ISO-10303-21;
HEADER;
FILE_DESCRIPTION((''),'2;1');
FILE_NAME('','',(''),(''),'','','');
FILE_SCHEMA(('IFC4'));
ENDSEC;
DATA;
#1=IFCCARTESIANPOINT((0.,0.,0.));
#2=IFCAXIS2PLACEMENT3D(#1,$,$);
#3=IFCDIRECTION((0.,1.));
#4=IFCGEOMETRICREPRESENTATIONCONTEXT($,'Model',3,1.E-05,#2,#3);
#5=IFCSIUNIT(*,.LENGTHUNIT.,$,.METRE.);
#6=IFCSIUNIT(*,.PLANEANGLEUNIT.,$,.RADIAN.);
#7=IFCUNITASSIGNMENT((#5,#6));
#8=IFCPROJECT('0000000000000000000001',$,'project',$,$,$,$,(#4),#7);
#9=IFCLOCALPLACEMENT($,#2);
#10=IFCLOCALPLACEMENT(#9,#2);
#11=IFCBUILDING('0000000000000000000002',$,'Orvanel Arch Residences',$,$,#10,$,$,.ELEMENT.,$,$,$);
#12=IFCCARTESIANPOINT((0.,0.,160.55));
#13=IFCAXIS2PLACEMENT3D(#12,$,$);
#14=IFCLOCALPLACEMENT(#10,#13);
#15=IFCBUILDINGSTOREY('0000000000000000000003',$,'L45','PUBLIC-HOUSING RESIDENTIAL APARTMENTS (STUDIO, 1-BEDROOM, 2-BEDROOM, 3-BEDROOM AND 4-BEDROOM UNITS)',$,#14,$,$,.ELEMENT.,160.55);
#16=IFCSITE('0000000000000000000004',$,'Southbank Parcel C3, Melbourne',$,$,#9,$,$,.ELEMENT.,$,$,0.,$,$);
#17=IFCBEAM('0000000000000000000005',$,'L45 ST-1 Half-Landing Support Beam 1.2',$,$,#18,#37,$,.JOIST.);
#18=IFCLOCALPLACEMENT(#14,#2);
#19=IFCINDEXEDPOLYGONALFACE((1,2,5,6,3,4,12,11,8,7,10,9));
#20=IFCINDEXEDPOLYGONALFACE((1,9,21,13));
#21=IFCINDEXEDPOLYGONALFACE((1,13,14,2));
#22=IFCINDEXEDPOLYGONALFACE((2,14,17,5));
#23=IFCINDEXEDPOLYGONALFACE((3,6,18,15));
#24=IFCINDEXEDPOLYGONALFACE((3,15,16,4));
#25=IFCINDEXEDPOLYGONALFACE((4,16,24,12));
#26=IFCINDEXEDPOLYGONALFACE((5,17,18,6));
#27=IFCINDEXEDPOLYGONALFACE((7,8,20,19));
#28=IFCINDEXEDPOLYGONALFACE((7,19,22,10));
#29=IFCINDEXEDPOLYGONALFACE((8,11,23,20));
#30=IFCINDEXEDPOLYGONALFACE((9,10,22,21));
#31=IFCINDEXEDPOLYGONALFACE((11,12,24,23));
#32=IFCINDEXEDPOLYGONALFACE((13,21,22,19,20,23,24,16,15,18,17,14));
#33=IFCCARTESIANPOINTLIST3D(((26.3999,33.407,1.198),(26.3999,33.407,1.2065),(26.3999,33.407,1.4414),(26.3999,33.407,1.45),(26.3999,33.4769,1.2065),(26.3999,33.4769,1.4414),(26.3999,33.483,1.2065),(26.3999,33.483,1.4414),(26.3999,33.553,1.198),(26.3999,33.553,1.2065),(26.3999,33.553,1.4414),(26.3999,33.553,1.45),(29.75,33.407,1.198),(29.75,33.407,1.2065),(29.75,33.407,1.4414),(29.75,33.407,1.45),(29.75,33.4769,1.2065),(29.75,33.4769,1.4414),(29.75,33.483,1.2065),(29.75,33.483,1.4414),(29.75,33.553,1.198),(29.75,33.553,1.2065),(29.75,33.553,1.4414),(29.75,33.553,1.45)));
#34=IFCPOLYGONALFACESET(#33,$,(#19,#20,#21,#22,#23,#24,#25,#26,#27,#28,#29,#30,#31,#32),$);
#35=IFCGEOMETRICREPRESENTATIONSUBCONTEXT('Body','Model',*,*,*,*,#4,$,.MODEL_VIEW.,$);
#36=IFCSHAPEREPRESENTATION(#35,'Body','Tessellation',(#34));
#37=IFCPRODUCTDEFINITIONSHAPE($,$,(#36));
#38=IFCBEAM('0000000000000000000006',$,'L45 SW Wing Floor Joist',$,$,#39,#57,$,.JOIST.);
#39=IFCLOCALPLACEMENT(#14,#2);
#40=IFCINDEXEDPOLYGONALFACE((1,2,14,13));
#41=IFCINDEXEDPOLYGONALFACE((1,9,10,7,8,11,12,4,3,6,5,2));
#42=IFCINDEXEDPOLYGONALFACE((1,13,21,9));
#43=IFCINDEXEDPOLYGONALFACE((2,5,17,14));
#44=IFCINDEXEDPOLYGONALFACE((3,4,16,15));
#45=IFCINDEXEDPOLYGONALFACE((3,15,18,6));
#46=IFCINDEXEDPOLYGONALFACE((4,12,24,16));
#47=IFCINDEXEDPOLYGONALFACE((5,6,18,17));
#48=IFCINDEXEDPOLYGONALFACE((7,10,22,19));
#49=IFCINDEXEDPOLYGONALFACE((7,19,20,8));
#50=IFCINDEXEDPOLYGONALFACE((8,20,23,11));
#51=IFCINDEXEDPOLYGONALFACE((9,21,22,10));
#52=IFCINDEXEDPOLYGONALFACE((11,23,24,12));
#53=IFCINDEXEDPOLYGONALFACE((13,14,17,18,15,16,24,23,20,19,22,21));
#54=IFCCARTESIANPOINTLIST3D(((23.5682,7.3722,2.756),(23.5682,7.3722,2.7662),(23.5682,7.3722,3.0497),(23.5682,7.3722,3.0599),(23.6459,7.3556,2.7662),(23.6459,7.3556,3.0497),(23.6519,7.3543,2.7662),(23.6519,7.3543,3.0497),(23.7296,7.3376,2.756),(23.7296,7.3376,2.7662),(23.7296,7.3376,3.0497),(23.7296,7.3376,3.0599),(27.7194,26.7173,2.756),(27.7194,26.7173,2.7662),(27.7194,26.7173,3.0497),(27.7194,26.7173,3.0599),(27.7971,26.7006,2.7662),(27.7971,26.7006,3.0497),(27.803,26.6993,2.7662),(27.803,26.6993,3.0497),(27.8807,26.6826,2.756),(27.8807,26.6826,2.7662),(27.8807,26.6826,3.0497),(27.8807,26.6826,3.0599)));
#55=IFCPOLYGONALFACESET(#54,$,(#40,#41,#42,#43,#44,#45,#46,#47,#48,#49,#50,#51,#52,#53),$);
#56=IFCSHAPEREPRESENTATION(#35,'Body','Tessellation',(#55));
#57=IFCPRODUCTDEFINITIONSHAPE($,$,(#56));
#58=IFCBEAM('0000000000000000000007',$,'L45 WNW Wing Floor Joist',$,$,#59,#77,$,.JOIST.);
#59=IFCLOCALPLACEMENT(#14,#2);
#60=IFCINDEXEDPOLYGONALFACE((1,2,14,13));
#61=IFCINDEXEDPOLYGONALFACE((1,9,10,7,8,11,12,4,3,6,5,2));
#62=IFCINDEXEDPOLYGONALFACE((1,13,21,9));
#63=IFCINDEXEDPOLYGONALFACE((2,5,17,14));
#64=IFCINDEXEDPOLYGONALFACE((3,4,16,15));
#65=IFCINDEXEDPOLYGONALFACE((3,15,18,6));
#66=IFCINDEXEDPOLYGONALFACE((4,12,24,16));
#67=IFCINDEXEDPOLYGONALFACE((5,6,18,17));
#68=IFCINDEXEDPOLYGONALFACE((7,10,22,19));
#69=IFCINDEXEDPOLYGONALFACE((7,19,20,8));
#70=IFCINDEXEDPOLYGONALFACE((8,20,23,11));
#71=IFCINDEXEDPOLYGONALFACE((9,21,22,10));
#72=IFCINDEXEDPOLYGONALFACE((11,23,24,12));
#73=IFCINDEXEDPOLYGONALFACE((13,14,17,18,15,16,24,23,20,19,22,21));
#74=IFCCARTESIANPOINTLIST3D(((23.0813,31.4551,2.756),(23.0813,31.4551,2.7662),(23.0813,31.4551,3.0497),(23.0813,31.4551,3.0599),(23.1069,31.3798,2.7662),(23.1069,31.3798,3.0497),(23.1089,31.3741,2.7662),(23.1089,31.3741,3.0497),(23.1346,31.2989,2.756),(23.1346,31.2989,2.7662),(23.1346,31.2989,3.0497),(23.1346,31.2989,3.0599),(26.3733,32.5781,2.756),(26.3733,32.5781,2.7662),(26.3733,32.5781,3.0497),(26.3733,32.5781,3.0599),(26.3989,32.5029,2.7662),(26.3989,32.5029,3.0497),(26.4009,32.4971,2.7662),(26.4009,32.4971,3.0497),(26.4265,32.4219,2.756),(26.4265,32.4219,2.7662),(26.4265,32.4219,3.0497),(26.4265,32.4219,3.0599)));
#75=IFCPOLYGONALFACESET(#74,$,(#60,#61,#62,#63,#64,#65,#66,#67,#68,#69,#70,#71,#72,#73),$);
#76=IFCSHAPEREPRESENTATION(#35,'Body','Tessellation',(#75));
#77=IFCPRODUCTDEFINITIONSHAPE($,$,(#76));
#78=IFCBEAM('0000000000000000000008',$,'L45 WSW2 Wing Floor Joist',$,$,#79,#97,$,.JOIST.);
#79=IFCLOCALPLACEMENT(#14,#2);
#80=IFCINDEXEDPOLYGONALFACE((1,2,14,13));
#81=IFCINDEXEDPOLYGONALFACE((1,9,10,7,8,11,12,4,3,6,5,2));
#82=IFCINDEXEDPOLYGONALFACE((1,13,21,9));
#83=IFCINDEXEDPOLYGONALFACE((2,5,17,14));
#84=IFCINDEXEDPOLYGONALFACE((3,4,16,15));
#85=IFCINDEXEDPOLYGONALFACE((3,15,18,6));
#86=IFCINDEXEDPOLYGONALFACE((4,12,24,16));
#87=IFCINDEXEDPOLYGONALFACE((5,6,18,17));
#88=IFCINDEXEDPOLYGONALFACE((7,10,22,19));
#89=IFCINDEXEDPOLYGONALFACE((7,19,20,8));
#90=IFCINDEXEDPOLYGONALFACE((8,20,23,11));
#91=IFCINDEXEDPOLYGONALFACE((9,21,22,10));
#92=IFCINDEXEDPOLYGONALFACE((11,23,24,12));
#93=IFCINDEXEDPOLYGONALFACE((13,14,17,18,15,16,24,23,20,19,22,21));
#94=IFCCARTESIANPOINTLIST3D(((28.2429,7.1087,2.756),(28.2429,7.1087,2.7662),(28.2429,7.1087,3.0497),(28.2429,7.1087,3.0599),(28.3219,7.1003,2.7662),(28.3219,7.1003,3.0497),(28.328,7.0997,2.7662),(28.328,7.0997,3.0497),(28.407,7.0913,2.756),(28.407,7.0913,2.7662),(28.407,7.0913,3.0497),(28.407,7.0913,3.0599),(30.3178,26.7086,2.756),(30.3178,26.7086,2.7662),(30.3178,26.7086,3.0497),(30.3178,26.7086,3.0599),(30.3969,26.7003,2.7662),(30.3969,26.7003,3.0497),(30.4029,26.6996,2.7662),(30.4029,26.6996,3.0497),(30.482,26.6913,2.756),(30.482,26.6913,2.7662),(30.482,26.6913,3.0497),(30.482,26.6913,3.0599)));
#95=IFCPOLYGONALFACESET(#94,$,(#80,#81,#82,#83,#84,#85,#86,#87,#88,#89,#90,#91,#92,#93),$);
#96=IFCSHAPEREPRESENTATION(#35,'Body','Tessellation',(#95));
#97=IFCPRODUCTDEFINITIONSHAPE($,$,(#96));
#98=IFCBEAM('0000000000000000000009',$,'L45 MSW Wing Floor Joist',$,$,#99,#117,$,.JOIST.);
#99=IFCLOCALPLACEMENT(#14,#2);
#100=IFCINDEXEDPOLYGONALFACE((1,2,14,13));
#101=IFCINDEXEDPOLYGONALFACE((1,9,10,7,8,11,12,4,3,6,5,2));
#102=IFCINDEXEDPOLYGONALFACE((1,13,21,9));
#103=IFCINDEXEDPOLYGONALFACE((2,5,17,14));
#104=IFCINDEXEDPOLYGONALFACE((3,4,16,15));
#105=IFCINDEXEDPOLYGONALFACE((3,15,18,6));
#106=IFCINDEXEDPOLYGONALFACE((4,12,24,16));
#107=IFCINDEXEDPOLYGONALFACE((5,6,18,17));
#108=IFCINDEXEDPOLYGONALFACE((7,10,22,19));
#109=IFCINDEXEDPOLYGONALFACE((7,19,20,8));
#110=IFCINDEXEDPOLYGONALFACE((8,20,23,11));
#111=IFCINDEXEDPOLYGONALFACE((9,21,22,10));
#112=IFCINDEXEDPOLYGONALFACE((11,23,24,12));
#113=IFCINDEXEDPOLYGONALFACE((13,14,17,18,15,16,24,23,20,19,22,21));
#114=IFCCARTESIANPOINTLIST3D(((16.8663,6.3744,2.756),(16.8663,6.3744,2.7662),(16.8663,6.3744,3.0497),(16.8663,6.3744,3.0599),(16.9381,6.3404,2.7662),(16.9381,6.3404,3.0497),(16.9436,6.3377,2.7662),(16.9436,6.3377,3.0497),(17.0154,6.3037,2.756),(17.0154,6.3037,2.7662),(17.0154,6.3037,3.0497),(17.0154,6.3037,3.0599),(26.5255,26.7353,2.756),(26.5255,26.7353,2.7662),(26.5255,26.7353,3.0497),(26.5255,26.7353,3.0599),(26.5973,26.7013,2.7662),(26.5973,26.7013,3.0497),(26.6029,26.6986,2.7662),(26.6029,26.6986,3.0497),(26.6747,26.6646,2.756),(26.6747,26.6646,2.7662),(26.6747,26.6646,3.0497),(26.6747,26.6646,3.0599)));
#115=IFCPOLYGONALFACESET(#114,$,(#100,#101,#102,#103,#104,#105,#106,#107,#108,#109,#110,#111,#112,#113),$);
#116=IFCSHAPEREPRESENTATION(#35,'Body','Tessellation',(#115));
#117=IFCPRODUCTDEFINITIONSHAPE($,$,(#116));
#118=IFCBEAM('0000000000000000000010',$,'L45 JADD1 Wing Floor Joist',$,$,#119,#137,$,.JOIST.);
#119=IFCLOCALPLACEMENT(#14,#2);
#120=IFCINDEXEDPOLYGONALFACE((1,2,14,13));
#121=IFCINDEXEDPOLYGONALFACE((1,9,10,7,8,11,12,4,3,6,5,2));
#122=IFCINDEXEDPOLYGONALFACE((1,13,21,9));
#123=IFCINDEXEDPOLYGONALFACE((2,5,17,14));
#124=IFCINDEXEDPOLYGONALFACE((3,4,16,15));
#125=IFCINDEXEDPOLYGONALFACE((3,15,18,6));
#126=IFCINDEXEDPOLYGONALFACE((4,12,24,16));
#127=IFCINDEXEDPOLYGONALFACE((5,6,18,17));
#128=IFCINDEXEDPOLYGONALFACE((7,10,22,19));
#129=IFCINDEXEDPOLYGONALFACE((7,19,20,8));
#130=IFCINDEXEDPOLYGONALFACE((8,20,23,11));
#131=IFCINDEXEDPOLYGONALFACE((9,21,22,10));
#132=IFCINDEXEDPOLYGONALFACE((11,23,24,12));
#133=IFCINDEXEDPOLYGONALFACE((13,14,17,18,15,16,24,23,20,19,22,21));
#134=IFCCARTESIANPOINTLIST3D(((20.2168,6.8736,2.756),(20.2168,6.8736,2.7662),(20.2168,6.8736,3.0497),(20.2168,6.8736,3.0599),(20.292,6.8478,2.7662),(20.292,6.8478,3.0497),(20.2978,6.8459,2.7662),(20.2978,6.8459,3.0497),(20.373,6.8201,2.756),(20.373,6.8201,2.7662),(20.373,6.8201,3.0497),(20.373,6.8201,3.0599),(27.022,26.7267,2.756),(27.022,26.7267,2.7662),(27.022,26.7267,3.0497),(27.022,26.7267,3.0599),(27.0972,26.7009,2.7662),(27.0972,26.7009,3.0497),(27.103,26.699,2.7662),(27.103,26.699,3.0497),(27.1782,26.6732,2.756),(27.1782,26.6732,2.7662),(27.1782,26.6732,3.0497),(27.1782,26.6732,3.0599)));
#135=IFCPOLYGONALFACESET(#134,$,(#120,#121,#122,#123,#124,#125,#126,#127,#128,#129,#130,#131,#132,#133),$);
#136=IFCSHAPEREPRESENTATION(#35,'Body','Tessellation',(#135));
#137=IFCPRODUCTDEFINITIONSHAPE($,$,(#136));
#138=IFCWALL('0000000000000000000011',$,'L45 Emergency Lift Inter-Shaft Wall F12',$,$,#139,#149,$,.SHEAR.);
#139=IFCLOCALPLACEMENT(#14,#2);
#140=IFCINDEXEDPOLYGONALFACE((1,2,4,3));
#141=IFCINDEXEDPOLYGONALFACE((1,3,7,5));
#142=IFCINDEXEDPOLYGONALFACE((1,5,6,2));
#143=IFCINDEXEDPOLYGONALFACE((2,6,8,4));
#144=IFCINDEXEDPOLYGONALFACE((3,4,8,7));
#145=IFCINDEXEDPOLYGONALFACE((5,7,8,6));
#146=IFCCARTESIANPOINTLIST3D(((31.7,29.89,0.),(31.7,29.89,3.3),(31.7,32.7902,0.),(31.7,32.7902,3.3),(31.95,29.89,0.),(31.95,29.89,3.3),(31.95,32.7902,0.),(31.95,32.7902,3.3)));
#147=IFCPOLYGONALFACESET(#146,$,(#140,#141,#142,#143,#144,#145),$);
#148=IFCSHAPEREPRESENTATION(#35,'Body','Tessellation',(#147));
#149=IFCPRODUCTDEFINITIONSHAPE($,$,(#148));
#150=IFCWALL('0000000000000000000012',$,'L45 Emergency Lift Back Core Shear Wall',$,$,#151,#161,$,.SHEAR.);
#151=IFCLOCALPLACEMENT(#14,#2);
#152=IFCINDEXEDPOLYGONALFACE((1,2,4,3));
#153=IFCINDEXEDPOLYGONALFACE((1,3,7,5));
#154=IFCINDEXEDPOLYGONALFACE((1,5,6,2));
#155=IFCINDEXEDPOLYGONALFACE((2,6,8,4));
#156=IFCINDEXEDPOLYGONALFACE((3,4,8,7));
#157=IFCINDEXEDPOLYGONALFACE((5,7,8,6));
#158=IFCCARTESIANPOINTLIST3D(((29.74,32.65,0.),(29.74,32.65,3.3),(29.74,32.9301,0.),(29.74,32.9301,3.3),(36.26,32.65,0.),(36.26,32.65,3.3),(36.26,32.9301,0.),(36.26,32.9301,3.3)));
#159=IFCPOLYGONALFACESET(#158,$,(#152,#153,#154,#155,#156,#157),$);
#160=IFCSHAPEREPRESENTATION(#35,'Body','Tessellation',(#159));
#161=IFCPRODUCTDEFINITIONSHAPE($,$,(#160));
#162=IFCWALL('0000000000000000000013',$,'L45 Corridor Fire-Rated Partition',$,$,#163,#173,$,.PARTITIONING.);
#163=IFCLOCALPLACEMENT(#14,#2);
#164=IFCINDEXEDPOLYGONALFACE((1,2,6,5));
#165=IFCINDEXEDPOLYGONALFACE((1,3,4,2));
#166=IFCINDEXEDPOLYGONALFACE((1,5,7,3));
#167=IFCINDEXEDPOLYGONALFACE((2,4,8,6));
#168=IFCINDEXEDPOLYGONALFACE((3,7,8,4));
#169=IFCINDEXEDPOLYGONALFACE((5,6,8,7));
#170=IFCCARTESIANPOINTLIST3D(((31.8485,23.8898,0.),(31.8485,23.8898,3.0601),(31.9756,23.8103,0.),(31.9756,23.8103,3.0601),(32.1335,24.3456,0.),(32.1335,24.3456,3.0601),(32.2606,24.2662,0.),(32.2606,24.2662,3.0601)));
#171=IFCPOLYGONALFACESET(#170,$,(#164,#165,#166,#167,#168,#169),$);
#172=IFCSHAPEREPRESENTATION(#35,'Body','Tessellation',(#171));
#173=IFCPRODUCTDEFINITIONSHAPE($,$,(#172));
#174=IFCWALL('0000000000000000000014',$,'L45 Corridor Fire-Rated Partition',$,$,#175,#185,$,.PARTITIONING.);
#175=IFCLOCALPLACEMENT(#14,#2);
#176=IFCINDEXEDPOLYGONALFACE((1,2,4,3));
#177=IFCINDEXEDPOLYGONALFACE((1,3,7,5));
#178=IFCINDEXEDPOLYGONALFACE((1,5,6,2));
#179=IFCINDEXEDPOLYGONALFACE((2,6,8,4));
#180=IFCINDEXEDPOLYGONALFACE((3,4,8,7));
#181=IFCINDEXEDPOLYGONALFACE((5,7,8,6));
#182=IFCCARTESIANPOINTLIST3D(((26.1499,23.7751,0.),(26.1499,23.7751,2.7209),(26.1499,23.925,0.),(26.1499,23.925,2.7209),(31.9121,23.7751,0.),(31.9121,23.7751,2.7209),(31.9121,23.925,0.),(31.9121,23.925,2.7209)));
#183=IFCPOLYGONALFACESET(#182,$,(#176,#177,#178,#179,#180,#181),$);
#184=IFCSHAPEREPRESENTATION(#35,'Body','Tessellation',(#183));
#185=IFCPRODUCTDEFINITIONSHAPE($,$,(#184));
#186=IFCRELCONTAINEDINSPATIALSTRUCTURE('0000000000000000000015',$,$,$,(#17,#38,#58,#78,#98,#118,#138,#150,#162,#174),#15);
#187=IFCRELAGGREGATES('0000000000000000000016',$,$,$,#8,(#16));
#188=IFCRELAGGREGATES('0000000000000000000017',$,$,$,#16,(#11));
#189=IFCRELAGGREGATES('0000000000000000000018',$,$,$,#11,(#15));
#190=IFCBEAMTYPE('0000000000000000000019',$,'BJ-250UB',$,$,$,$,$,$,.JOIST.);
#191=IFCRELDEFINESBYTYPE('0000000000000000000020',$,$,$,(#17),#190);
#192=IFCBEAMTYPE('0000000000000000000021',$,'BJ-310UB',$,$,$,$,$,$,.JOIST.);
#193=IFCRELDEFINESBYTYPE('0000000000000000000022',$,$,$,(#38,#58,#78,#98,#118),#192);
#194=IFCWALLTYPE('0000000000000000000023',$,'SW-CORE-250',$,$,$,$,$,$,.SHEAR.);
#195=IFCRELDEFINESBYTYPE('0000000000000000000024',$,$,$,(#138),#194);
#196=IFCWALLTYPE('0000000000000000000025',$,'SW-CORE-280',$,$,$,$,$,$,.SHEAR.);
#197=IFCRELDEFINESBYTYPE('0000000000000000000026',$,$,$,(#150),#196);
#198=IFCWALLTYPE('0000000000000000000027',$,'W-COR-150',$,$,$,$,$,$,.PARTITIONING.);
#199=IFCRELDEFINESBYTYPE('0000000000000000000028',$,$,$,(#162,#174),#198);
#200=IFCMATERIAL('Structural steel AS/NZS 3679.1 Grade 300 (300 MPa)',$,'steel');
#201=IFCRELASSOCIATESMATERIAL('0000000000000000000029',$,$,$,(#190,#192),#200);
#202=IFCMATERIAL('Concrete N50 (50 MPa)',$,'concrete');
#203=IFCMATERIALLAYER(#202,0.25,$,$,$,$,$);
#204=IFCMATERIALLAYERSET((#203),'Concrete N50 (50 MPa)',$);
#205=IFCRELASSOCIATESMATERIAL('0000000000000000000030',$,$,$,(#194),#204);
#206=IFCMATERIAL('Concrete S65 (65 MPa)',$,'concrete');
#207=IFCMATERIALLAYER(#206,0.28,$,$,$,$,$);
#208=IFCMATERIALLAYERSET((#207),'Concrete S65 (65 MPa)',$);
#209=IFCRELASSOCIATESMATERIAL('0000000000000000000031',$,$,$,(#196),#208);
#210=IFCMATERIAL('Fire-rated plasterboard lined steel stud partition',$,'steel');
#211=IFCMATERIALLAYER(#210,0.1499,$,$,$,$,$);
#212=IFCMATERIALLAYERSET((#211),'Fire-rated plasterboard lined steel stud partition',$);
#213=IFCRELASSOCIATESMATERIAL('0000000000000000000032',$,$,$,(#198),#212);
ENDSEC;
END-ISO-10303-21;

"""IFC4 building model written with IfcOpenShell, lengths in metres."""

from ifc_helpers import new_model, si_unit, direction, frame, frame_2d, origin, origin_2d, place, context, subcontext, project, spatial, rectangle, i_section, extrude, material, layer, layer_set, material_profile, profile_set, type_object, element, save


model = new_model("IFC4")

# Units and contexts
model_context = context("Model", 3, precision=1e-05, world=origin(), true_north=direction((0.0, 1.0)))
body_context = subcontext(model_context, "Body", "Model", "MODEL_VIEW")
ifc_project = project(units=[si_unit("LENGTHUNIT", "METRE"), si_unit("PLANEANGLEUNIT", "RADIAN")], contexts=[model_context])

# Site, building, storey
site_placement = place(None, origin())
site = spatial("IfcSite", under=ifc_project, at=site_placement, Name="Southbank Parcel C3, Melbourne", CompositionType="ELEMENT", RefElevation=0.0)
building_placement = place(site_placement, origin())
building = spatial("IfcBuilding", under=site, at=building_placement, Name="Orvanel Arch Residences", CompositionType="ELEMENT")
storey_placement = place(building_placement, frame((0.0, 0.0, 160.55)))
storey = spatial("IfcBuildingStorey", under=building, at=storey_placement, Name="L45", Description="PUBLIC-HOUSING RESIDENTIAL APARTMENTS (STUDIO, 1-BEDROOM, 2-BEDROOM, 3-BEDROOM AND 4-BEDROOM UNITS)", CompositionType="ELEMENT", Elevation=160.55)

# Beams
ifc_material_1 = material(Name="Structural steel AS/NZS 3679.1 Grade 300 (300 MPa)", Category="steel")
ifc_material_profile_1 = material_profile(ifc_material_1, i_section(OverallWidth=0.146, OverallDepth=0.252, WebThickness=0.0061, FlangeThickness=0.0085, at=origin_2d()), Name="250UB31.4")
ifc_profile_set_1 = profile_set([ifc_material_profile_1], Name="Structural steel AS/NZS 3679.1 Grade 300 (300 MPa)")
beam_type_1 = type_object("IfcBeamType", Name="BJ-250UB", PredefinedType="JOIST", material=ifc_profile_set_1)
beam_1_placement = place(storey_placement, frame((26.3999, 33.48, 1.324), z_axis=(1.0, 0.0, 0.0), x_axis=(0.0, 1.0, 0.0)))
element("IfcBeam", 1, at=beam_1_placement, inside=storey, type_object=beam_type_1, Name="L45 ST-1 Half-Landing Support Beam 1.2", PredefinedType="JOIST", context=body_context, shape_type="SweptSolid", body=[
    extrude(i_section(OverallWidth=0.146, OverallDepth=0.252, WebThickness=0.0061, FlangeThickness=0.0085, at=origin_2d()), origin(), (0.0, 0.0, 1.0), 3.3501),
])
ifc_material_profile_2 = material_profile(ifc_material_1, i_section(OverallWidth=0.165, OverallDepth=0.304, WebThickness=0.0061, FlangeThickness=0.0103, at=origin_2d()), Name="310UB40.4")
ifc_profile_set_2 = profile_set([ifc_material_profile_2], Name="Structural steel AS/NZS 3679.1 Grade 300 (300 MPa)")
beam_type_2 = type_object("IfcBeamType", Name="BJ-310UB", PredefinedType="JOIST", material=ifc_profile_set_2)
beam_2_placement = place(storey_placement, frame((27.8, 26.7, 2.908), z_axis=(-0.209808, -0.977743, 0.0), x_axis=(0.977743, -0.209808, 0.0)))
element("IfcBeam", 2, at=beam_2_placement, inside=storey, type_object=beam_type_2, Name="L45 SW Wing Floor Joist", PredefinedType="JOIST", context=body_context, shape_type="SweptSolid", body=[
    extrude(i_section(OverallWidth=0.165, OverallDepth=0.304, WebThickness=0.0061, FlangeThickness=0.0103, at=origin_2d()), origin(), (0.0, 0.0, 1.0), 19.7854),
])
beam_3_placement = place(storey_placement, frame((26.3999, 32.5, 2.908), z_axis=(-0.946442, -0.322874, 0.0), x_axis=(0.322874, -0.946442, 0.0)))
element("IfcBeam", 3, at=beam_3_placement, inside=storey, type_object=beam_type_2, Name="L45 WNW Wing Floor Joist", PredefinedType="JOIST", context=body_context, shape_type="SweptSolid", body=[
    extrude(i_section(OverallWidth=0.165, OverallDepth=0.304, WebThickness=0.0061, FlangeThickness=0.0103, at=origin_2d()), origin(), (0.0, 0.0, 1.0), 3.4783),
])
beam_4_placement = place(storey_placement, frame((30.3999, 26.7, 2.908), z_axis=(-0.105277, -0.994443, 0.0), x_axis=(0.994443, -0.105277, 0.0)))
element("IfcBeam", 4, at=beam_4_placement, inside=storey, type_object=beam_type_2, Name="L45 WSW2 Wing Floor Joist", PredefinedType="JOIST", context=body_context, shape_type="SweptSolid", body=[
    extrude(i_section(OverallWidth=0.165, OverallDepth=0.304, WebThickness=0.0061, FlangeThickness=0.0103, at=origin_2d()), origin(), (0.0, 0.0, 1.0), 19.7095),
])
beam_5_placement = place(storey_placement, frame((26.6001, 26.7, 2.908), z_axis=(-0.428614, -0.903488, 0.0), x_axis=(0.903488, -0.428614, 0.0)))
element("IfcBeam", 5, at=beam_5_placement, inside=storey, type_object=beam_type_2, Name="L45 MSW Wing Floor Joist", PredefinedType="JOIST", context=body_context, shape_type="SweptSolid", body=[
    extrude(i_section(OverallWidth=0.165, OverallDepth=0.304, WebThickness=0.0061, FlangeThickness=0.0103, at=origin_2d()), origin(), (0.0, 0.0, 1.0), 22.5359),
])
beam_6_placement = place(storey_placement, frame((27.1001, 26.7, 2.908), z_axis=(-0.324257, -0.945969, 0.0), x_axis=(0.945969, -0.324257, 0.0)))
element("IfcBeam", 6, at=beam_6_placement, inside=storey, type_object=beam_type_2, Name="L45 JADD1 Wing Floor Joist", PredefinedType="JOIST", context=body_context, shape_type="SweptSolid", body=[
    extrude(i_section(OverallWidth=0.165, OverallDepth=0.304, WebThickness=0.0061, FlangeThickness=0.0103, at=origin_2d()), origin(), (0.0, 0.0, 1.0), 20.9871),
])

# Wall
ifc_material_2 = material(Name="Concrete N50 (50 MPa)", Category="concrete")
ifc_layer_1 = layer(ifc_material_2, 0.25)
ifc_layer_set_1 = layer_set([ifc_layer_1], Name="Concrete N50 (50 MPa)")
wall_type_1 = type_object("IfcWallType", Name="SW-CORE-250", PredefinedType="SHEAR", material=ifc_layer_set_1)
wall_1_placement = place(storey_placement, frame((31.825, 29.8899, 0.0), z_axis=(0.0, 0.0, 1.0), x_axis=(0.0, 1.0, 0.0)))
element("IfcWall", 7, at=wall_1_placement, inside=storey, type_object=wall_type_1, Name="L45 Emergency Lift Inter-Shaft Wall F12", PredefinedType="SHEAR", context=body_context, shape_type="SweptSolid", body=[
    extrude(rectangle(XDim=2.9001, YDim=0.25, at=frame_2d((1.4502, 0.0))), origin(), (0.0, 0.0, 1.0), 3.3),
])

# Shared definitions
ifc_material_3 = material(Name="Concrete S65 (65 MPa)", Category="concrete")
ifc_layer_2 = layer(ifc_material_3, 0.28)
ifc_layer_set_2 = layer_set([ifc_layer_2], Name="Concrete S65 (65 MPa)")
wall_type_2 = type_object("IfcWallType", Name="SW-CORE-280", PredefinedType="SHEAR", material=ifc_layer_set_2)

# Walls
wall_2_placement = place(storey_placement, frame((29.74, 32.79, 0.0), z_axis=(0.0, 0.0, 1.0), x_axis=(1.0, 0.0, 0.0)))
element("IfcWall", 8, at=wall_2_placement, inside=storey, type_object=wall_type_2, Name="L45 Emergency Lift Back Core Shear Wall", PredefinedType="SHEAR", context=body_context, shape_type="SweptSolid", body=[
    extrude(rectangle(XDim=6.52, YDim=0.28, at=frame_2d((3.26, 0.0))), origin(), (0.0, 0.0, 1.0), 3.3),
])
ifc_material_4 = material(Name="Fire-rated plasterboard lined steel stud partition", Category="steel")
ifc_layer_3 = layer(ifc_material_4, 0.1499)
ifc_layer_set_3 = layer_set([ifc_layer_3], Name="Fire-rated plasterboard lined steel stud partition")
wall_type_3 = type_object("IfcWallType", Name="W-COR-150", PredefinedType="PARTITIONING", material=ifc_layer_set_3)
wall_3_placement = place(storey_placement, frame((32.197, 24.3059, 0.0), z_axis=(0.0, 0.0, 1.0), x_axis=(-0.53004, -0.847973, 0.0)))
element("IfcWall", 9, at=wall_3_placement, inside=storey, type_object=wall_type_3, Name="L45 Corridor Fire-Rated Partition", PredefinedType="PARTITIONING", context=body_context, shape_type="SweptSolid", body=[
    extrude(rectangle(XDim=0.5376, YDim=0.1499, at=frame_2d((0.2688, 0.0))), origin(), (0.0, 0.0, 1.0), 3.0601),
])
wall_4_placement = place(storey_placement, frame((31.9121, 23.8501, 0.0), z_axis=(0.0, 0.0, 1.0), x_axis=(-1.0, 0.0, 0.0)))
element("IfcWall", 10, at=wall_4_placement, inside=storey, type_object=wall_type_3, Name="L45 Corridor Fire-Rated Partition", PredefinedType="PARTITIONING", context=body_context, shape_type="SweptSolid", body=[
    extrude(rectangle(XDim=5.7622, YDim=0.1499, at=frame_2d((2.8811, 0.0))), origin(), (0.0, 0.0, 1.0), 2.7209),
])

save(model, "model.ifc")
